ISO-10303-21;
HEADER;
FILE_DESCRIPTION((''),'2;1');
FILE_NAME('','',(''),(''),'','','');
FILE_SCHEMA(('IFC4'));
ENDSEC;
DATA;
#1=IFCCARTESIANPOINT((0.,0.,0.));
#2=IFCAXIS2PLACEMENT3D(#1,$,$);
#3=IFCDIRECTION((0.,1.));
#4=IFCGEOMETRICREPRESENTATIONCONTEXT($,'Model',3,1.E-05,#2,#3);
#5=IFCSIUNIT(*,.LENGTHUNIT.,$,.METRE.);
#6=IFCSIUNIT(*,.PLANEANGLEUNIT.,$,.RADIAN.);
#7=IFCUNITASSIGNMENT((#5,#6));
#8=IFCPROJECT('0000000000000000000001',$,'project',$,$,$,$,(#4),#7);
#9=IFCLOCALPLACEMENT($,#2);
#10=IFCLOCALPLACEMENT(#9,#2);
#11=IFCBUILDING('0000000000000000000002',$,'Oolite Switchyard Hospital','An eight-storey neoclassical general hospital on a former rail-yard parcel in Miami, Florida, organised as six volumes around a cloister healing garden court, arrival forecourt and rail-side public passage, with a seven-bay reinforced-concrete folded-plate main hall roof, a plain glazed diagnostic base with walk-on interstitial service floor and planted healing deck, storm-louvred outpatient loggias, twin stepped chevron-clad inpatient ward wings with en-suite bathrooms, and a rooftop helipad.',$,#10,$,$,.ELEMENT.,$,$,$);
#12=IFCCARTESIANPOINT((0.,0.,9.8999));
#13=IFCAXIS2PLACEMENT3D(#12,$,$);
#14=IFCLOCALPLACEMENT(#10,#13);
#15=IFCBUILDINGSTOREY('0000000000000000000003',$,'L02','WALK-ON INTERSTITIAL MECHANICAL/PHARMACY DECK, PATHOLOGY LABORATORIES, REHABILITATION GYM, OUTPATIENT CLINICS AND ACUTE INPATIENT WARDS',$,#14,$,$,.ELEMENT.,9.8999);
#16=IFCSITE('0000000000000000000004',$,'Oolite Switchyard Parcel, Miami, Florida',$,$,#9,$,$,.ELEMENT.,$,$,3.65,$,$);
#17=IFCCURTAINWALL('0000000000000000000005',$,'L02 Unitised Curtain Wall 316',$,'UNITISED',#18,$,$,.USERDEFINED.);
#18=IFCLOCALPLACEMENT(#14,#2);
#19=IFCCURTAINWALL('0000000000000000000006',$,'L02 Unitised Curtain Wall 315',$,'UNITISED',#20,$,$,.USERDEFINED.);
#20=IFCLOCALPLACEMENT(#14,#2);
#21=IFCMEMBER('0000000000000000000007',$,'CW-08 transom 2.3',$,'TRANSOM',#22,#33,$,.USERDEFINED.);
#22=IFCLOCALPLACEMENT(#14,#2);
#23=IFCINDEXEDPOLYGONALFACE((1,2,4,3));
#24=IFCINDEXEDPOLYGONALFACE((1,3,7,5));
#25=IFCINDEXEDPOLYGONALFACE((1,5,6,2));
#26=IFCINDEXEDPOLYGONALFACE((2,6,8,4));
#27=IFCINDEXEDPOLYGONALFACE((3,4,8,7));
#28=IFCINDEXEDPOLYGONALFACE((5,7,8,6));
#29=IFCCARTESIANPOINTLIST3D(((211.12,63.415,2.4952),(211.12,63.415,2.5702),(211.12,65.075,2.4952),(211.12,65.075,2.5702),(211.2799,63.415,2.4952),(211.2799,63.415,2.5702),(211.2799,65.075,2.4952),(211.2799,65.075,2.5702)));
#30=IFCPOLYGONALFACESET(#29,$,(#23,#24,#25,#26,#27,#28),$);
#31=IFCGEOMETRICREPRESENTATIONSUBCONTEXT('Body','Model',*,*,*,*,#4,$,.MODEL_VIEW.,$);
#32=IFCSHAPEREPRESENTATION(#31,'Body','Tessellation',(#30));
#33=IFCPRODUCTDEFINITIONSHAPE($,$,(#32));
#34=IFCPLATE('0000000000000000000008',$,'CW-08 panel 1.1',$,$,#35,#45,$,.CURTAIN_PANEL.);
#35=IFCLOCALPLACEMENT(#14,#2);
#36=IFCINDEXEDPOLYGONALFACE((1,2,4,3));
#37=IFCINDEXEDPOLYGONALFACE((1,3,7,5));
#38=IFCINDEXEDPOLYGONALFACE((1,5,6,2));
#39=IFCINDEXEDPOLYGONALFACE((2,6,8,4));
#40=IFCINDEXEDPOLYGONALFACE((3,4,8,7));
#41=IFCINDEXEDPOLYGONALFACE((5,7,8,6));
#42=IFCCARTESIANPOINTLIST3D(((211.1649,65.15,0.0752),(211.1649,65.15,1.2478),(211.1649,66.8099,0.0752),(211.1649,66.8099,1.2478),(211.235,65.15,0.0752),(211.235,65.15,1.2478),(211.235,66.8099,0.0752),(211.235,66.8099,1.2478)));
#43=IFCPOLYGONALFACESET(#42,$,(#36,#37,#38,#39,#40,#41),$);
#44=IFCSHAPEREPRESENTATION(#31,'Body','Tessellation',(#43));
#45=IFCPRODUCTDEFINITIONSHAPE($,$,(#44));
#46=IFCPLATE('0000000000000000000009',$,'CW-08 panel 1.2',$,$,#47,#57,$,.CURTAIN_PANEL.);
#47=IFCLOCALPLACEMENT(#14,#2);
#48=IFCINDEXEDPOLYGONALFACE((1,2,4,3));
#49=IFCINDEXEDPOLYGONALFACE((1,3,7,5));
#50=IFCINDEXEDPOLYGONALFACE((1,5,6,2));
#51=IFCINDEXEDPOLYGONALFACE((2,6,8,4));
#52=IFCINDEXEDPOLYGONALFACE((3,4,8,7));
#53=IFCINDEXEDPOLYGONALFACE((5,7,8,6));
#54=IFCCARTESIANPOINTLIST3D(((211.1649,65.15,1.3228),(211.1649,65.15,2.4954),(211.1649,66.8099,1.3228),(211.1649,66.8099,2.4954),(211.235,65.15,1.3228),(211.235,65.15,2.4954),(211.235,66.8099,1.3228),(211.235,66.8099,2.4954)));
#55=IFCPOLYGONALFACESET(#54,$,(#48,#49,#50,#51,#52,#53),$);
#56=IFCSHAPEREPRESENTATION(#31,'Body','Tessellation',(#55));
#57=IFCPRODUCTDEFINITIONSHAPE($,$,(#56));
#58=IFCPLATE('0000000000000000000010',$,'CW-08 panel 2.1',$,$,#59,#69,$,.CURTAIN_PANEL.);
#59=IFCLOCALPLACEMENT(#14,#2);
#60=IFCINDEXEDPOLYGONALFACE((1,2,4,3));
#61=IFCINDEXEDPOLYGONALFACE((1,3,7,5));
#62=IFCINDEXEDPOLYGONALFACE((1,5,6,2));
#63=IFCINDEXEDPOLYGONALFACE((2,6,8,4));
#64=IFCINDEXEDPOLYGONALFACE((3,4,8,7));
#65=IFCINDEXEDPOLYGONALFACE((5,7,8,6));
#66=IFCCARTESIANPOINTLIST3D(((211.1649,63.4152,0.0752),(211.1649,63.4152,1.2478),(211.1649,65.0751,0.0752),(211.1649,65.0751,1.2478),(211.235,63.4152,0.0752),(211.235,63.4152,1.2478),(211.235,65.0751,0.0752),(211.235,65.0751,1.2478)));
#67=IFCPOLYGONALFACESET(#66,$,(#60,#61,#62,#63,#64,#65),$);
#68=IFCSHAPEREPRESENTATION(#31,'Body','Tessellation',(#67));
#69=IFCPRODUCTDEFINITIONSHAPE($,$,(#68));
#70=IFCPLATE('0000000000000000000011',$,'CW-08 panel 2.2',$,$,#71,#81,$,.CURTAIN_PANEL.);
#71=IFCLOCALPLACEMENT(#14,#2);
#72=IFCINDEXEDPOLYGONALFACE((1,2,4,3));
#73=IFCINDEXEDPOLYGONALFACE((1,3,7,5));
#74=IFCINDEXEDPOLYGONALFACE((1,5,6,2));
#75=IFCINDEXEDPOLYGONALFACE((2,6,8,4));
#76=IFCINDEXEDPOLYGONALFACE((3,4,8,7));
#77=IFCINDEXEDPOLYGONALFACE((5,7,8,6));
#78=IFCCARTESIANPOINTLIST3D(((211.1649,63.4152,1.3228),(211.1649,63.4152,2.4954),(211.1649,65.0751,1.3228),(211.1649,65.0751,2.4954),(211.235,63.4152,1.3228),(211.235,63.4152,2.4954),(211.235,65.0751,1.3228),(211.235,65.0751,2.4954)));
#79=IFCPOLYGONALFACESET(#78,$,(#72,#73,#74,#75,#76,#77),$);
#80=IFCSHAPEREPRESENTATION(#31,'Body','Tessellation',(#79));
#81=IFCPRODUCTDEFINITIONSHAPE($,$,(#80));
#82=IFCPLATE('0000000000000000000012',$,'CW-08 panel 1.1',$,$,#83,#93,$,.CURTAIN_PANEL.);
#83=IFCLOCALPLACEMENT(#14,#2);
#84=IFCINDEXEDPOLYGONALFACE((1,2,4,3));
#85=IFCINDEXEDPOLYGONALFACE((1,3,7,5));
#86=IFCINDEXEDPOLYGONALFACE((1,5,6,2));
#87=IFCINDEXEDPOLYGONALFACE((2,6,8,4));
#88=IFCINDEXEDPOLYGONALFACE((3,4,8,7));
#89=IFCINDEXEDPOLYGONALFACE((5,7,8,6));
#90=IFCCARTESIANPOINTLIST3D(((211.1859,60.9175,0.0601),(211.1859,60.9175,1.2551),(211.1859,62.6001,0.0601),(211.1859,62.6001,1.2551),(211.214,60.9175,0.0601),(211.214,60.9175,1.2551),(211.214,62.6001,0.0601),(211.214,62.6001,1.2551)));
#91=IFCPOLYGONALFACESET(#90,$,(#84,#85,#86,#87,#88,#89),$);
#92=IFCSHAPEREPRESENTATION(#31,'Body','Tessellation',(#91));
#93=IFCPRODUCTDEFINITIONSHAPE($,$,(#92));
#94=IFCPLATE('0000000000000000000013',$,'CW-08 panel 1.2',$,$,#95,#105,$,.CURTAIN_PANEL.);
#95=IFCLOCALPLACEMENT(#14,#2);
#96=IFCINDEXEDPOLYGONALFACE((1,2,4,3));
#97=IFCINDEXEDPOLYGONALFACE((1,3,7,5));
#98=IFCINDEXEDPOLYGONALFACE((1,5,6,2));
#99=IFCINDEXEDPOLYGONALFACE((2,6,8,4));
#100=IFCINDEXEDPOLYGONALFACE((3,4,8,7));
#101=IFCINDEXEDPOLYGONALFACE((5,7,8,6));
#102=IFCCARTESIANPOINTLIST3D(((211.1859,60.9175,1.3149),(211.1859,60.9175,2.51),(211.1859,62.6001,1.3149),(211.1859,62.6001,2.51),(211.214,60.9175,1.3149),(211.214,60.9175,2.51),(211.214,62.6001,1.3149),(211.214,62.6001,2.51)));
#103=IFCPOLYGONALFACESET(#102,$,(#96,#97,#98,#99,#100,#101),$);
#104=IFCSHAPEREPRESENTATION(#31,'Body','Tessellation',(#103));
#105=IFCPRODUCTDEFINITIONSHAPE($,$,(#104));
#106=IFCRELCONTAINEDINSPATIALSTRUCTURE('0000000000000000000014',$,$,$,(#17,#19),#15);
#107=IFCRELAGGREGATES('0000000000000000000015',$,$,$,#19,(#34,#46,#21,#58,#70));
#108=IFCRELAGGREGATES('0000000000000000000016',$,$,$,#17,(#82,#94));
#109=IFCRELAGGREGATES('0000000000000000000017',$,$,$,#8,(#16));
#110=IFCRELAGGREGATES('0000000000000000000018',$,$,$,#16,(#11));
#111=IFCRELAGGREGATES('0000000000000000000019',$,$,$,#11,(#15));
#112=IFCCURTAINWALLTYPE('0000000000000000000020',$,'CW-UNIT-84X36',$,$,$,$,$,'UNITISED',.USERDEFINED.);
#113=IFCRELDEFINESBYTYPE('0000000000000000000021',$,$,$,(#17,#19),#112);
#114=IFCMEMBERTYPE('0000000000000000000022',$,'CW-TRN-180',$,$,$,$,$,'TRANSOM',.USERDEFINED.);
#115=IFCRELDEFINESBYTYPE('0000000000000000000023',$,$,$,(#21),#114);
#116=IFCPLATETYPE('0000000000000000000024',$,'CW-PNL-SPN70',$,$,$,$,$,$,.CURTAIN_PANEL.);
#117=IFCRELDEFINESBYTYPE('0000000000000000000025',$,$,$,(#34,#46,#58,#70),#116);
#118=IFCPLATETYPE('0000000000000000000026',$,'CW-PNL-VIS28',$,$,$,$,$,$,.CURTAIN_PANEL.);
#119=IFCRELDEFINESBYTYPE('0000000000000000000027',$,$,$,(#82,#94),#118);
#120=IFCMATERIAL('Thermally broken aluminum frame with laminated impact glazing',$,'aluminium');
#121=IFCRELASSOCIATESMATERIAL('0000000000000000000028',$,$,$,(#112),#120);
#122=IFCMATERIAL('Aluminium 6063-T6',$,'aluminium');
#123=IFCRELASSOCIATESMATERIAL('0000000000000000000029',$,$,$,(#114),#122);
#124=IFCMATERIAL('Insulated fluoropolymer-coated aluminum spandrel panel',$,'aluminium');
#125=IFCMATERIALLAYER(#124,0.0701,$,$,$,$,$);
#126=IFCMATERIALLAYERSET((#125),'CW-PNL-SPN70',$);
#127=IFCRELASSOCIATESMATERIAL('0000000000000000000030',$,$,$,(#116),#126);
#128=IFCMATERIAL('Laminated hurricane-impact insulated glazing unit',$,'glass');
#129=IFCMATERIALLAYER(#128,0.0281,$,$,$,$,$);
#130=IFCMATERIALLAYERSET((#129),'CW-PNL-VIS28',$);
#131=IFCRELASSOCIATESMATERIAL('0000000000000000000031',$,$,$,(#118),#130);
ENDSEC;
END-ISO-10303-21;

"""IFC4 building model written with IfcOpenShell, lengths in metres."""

from ifc_helpers import new_model, si_unit, direction, frame, origin, origin_2d, place, context, subcontext, project, spatial, rectangle, extrude, material, layer, layer_set, material_profile, profile_set, type_object, element, aggregate, save


model = new_model("IFC4")

# Units and contexts
model_context = context("Model", 3, precision=1e-05, world=origin(), true_north=direction((0.0, 1.0)))
body_context = subcontext(model_context, "Body", "Model", "MODEL_VIEW")
ifc_project = project(units=[si_unit("LENGTHUNIT", "METRE"), si_unit("PLANEANGLEUNIT", "RADIAN")], contexts=[model_context])

# Site, building, storey
site_placement = place(None, origin())
site = spatial("IfcSite", under=ifc_project, at=site_placement, Name="Oolite Switchyard Parcel, Miami, Florida", CompositionType="ELEMENT", RefElevation=3.65)
building_placement = place(site_placement, origin())
building = spatial("IfcBuilding", under=site, at=building_placement, Name="Oolite Switchyard Hospital", Description="An eight-storey neoclassical general hospital on a former rail-yard parcel in Miami, Florida, organised as six volumes around a cloister healing garden court, arrival forecourt and rail-side public passage, with a seven-bay reinforced-concrete folded-plate main hall roof, a plain glazed diagnostic base with walk-on interstitial service floor and planted healing deck, storm-louvred outpatient loggias, twin stepped chevron-clad inpatient ward wings with en-suite bathrooms, and a rooftop helipad.", CompositionType="ELEMENT")
storey_placement = place(building_placement, frame((0.0, 0.0, 9.8999)))
storey = spatial("IfcBuildingStorey", under=building, at=storey_placement, Name="L02", Description="WALK-ON INTERSTITIAL MECHANICAL/PHARMACY DECK, PATHOLOGY LABORATORIES, REHABILITATION GYM, OUTPATIENT CLINICS AND ACUTE INPATIENT WARDS", CompositionType="ELEMENT", Elevation=9.8999)

# Curtain walls
ifc_material_1 = material(Name="Thermally broken aluminum frame with laminated impact glazing", Category="aluminium")
curtain_wall_type = type_object("IfcCurtainWallType", Name="CW-UNIT-84X36", ElementType="UNITISED", PredefinedType="USERDEFINED", material=ifc_material_1)
curtain_wall_1_placement = place(storey_placement, origin())
curtain_wall_1 = element("IfcCurtainWall", 1, at=curtain_wall_1_placement, inside=storey, type_object=curtain_wall_type, Name="L02 Unitised Curtain Wall 316", ObjectType="UNITISED", PredefinedType="USERDEFINED")
ifc_material_2 = material(Name="Aluminium 6063-T6", Category="aluminium")
curtain_wall_2_placement = place(storey_placement, origin())
curtain_wall_2 = element("IfcCurtainWall", 2, at=curtain_wall_2_placement, inside=storey, type_object=curtain_wall_type, Name="L02 Unitised Curtain Wall 315", ObjectType="UNITISED", PredefinedType="USERDEFINED")

# Member
ifc_material_profile_1 = material_profile(ifc_material_2, rectangle(XDim=0.1599, YDim=0.075, at=origin_2d()), Name="CWT75X160")
ifc_profile_set_1 = profile_set([ifc_material_profile_1], Name="Aluminium 6063-T6")
member_type_1 = type_object("IfcMemberType", Name="CW-TRN-180", ElementType="TRANSOM", PredefinedType="USERDEFINED", material=ifc_profile_set_1)
member_1_placement = place(storey_placement, frame((211.2, 65.075, 2.5327), z_axis=(0.0, -1.0, 0.0), x_axis=(1.0, 0.0, 0.0)))
member_1 = element("IfcMember", 3, at=member_1_placement, type_object=member_type_1, Name="CW-08 transom 2.3", ObjectType="TRANSOM", PredefinedType="USERDEFINED", context=body_context, shape_type="SweptSolid", body=[
    extrude(rectangle(XDim=0.1599, YDim=0.075, at=origin_2d()), origin(), (0.0, 0.0, 1.0), 1.6599),
])

# Plates
ifc_material_3 = material(Name="Insulated fluoropolymer-coated aluminum spandrel panel", Category="aluminium")
ifc_layer_1 = layer(ifc_material_3, 0.0701)
ifc_layer_set_1 = layer_set([ifc_layer_1], Name="CW-PNL-SPN70")
plate_type_1 = type_object("IfcPlateType", Name="CW-PNL-SPN70", PredefinedType="CURTAIN_PANEL", material=ifc_layer_set_1)
plate_1_placement = place(storey_placement, frame((211.2, 65.98, 0.0752), z_axis=(0.0, 0.0, 1.0), x_axis=(0.0, -1.0, 0.0)))
plate_1 = element("IfcPlate", 4, at=plate_1_placement, type_object=plate_type_1, Name="CW-08 panel 1.1", PredefinedType="CURTAIN_PANEL", context=body_context, shape_type="SweptSolid", body=[
    extrude(rectangle(XDim=1.6599, YDim=0.0701, at=origin_2d()), origin(), (0.0, 0.0, 1.0), 1.1726),
])
plate_2_placement = place(storey_placement, frame((211.2, 65.98, 1.3228), z_axis=(0.0, 0.0, 1.0), x_axis=(0.0, -1.0, 0.0)))
plate_2 = element("IfcPlate", 5, at=plate_2_placement, type_object=plate_type_1, Name="CW-08 panel 1.2", PredefinedType="CURTAIN_PANEL", context=body_context, shape_type="SweptSolid", body=[
    extrude(rectangle(XDim=1.6599, YDim=0.0701, at=origin_2d()), origin(), (0.0, 0.0, 1.0), 1.1726),
])
plate_3_placement = place(storey_placement, frame((211.2, 64.2451, 0.0752), z_axis=(0.0, 0.0, 1.0), x_axis=(0.0, -1.0, 0.0)))
plate_3 = element("IfcPlate", 6, at=plate_3_placement, type_object=plate_type_1, Name="CW-08 panel 2.1", PredefinedType="CURTAIN_PANEL", context=body_context, shape_type="SweptSolid", body=[
    extrude(rectangle(XDim=1.6599, YDim=0.0701, at=origin_2d()), origin(), (0.0, 0.0, 1.0), 1.1726),
])
plate_4_placement = place(storey_placement, frame((211.2, 64.2451, 1.3228), z_axis=(0.0, 0.0, 1.0), x_axis=(0.0, -1.0, 0.0)))
plate_4 = element("IfcPlate", 7, at=plate_4_placement, type_object=plate_type_1, Name="CW-08 panel 2.2", PredefinedType="CURTAIN_PANEL", context=body_context, shape_type="SweptSolid", body=[
    extrude(rectangle(XDim=1.6599, YDim=0.0701, at=origin_2d()), origin(), (0.0, 0.0, 1.0), 1.1726),
])
aggregate(curtain_wall_2, [plate_1, plate_2, member_1, plate_3, plate_4])
ifc_material_4 = material(Name="Laminated hurricane-impact insulated glazing unit", Category="glass")
ifc_layer_2 = layer(ifc_material_4, 0.0281)
ifc_layer_set_2 = layer_set([ifc_layer_2], Name="CW-PNL-VIS28")
plate_type_2 = type_object("IfcPlateType", Name="CW-PNL-VIS28", PredefinedType="CURTAIN_PANEL", material=ifc_layer_set_2)
plate_5_placement = place(storey_placement, frame((211.2, 61.7588, 0.0601), z_axis=(0.0, 0.0, 1.0), x_axis=(0.0, -1.0, 0.0)))
plate_5 = element("IfcPlate", 8, at=plate_5_placement, type_object=plate_type_2, Name="CW-08 panel 1.1", PredefinedType="CURTAIN_PANEL", context=body_context, shape_type="SweptSolid", body=[
    extrude(rectangle(XDim=1.6826, YDim=0.0281, at=origin_2d()), origin(), (0.0, 0.0, 1.0), 1.1951),
])
plate_6_placement = place(storey_placement, frame((211.2, 61.7588, 1.3149), z_axis=(0.0, 0.0, 1.0), x_axis=(0.0, -1.0, 0.0)))
plate_6 = element("IfcPlate", 9, at=plate_6_placement, type_object=plate_type_2, Name="CW-08 panel 1.2", PredefinedType="CURTAIN_PANEL", context=body_context, shape_type="SweptSolid", body=[
    extrude(rectangle(XDim=1.6826, YDim=0.0281, at=origin_2d()), origin(), (0.0, 0.0, 1.0), 1.1951),
])
aggregate(curtain_wall_1, [plate_5, plate_6])

save(model, "model.ifc")
